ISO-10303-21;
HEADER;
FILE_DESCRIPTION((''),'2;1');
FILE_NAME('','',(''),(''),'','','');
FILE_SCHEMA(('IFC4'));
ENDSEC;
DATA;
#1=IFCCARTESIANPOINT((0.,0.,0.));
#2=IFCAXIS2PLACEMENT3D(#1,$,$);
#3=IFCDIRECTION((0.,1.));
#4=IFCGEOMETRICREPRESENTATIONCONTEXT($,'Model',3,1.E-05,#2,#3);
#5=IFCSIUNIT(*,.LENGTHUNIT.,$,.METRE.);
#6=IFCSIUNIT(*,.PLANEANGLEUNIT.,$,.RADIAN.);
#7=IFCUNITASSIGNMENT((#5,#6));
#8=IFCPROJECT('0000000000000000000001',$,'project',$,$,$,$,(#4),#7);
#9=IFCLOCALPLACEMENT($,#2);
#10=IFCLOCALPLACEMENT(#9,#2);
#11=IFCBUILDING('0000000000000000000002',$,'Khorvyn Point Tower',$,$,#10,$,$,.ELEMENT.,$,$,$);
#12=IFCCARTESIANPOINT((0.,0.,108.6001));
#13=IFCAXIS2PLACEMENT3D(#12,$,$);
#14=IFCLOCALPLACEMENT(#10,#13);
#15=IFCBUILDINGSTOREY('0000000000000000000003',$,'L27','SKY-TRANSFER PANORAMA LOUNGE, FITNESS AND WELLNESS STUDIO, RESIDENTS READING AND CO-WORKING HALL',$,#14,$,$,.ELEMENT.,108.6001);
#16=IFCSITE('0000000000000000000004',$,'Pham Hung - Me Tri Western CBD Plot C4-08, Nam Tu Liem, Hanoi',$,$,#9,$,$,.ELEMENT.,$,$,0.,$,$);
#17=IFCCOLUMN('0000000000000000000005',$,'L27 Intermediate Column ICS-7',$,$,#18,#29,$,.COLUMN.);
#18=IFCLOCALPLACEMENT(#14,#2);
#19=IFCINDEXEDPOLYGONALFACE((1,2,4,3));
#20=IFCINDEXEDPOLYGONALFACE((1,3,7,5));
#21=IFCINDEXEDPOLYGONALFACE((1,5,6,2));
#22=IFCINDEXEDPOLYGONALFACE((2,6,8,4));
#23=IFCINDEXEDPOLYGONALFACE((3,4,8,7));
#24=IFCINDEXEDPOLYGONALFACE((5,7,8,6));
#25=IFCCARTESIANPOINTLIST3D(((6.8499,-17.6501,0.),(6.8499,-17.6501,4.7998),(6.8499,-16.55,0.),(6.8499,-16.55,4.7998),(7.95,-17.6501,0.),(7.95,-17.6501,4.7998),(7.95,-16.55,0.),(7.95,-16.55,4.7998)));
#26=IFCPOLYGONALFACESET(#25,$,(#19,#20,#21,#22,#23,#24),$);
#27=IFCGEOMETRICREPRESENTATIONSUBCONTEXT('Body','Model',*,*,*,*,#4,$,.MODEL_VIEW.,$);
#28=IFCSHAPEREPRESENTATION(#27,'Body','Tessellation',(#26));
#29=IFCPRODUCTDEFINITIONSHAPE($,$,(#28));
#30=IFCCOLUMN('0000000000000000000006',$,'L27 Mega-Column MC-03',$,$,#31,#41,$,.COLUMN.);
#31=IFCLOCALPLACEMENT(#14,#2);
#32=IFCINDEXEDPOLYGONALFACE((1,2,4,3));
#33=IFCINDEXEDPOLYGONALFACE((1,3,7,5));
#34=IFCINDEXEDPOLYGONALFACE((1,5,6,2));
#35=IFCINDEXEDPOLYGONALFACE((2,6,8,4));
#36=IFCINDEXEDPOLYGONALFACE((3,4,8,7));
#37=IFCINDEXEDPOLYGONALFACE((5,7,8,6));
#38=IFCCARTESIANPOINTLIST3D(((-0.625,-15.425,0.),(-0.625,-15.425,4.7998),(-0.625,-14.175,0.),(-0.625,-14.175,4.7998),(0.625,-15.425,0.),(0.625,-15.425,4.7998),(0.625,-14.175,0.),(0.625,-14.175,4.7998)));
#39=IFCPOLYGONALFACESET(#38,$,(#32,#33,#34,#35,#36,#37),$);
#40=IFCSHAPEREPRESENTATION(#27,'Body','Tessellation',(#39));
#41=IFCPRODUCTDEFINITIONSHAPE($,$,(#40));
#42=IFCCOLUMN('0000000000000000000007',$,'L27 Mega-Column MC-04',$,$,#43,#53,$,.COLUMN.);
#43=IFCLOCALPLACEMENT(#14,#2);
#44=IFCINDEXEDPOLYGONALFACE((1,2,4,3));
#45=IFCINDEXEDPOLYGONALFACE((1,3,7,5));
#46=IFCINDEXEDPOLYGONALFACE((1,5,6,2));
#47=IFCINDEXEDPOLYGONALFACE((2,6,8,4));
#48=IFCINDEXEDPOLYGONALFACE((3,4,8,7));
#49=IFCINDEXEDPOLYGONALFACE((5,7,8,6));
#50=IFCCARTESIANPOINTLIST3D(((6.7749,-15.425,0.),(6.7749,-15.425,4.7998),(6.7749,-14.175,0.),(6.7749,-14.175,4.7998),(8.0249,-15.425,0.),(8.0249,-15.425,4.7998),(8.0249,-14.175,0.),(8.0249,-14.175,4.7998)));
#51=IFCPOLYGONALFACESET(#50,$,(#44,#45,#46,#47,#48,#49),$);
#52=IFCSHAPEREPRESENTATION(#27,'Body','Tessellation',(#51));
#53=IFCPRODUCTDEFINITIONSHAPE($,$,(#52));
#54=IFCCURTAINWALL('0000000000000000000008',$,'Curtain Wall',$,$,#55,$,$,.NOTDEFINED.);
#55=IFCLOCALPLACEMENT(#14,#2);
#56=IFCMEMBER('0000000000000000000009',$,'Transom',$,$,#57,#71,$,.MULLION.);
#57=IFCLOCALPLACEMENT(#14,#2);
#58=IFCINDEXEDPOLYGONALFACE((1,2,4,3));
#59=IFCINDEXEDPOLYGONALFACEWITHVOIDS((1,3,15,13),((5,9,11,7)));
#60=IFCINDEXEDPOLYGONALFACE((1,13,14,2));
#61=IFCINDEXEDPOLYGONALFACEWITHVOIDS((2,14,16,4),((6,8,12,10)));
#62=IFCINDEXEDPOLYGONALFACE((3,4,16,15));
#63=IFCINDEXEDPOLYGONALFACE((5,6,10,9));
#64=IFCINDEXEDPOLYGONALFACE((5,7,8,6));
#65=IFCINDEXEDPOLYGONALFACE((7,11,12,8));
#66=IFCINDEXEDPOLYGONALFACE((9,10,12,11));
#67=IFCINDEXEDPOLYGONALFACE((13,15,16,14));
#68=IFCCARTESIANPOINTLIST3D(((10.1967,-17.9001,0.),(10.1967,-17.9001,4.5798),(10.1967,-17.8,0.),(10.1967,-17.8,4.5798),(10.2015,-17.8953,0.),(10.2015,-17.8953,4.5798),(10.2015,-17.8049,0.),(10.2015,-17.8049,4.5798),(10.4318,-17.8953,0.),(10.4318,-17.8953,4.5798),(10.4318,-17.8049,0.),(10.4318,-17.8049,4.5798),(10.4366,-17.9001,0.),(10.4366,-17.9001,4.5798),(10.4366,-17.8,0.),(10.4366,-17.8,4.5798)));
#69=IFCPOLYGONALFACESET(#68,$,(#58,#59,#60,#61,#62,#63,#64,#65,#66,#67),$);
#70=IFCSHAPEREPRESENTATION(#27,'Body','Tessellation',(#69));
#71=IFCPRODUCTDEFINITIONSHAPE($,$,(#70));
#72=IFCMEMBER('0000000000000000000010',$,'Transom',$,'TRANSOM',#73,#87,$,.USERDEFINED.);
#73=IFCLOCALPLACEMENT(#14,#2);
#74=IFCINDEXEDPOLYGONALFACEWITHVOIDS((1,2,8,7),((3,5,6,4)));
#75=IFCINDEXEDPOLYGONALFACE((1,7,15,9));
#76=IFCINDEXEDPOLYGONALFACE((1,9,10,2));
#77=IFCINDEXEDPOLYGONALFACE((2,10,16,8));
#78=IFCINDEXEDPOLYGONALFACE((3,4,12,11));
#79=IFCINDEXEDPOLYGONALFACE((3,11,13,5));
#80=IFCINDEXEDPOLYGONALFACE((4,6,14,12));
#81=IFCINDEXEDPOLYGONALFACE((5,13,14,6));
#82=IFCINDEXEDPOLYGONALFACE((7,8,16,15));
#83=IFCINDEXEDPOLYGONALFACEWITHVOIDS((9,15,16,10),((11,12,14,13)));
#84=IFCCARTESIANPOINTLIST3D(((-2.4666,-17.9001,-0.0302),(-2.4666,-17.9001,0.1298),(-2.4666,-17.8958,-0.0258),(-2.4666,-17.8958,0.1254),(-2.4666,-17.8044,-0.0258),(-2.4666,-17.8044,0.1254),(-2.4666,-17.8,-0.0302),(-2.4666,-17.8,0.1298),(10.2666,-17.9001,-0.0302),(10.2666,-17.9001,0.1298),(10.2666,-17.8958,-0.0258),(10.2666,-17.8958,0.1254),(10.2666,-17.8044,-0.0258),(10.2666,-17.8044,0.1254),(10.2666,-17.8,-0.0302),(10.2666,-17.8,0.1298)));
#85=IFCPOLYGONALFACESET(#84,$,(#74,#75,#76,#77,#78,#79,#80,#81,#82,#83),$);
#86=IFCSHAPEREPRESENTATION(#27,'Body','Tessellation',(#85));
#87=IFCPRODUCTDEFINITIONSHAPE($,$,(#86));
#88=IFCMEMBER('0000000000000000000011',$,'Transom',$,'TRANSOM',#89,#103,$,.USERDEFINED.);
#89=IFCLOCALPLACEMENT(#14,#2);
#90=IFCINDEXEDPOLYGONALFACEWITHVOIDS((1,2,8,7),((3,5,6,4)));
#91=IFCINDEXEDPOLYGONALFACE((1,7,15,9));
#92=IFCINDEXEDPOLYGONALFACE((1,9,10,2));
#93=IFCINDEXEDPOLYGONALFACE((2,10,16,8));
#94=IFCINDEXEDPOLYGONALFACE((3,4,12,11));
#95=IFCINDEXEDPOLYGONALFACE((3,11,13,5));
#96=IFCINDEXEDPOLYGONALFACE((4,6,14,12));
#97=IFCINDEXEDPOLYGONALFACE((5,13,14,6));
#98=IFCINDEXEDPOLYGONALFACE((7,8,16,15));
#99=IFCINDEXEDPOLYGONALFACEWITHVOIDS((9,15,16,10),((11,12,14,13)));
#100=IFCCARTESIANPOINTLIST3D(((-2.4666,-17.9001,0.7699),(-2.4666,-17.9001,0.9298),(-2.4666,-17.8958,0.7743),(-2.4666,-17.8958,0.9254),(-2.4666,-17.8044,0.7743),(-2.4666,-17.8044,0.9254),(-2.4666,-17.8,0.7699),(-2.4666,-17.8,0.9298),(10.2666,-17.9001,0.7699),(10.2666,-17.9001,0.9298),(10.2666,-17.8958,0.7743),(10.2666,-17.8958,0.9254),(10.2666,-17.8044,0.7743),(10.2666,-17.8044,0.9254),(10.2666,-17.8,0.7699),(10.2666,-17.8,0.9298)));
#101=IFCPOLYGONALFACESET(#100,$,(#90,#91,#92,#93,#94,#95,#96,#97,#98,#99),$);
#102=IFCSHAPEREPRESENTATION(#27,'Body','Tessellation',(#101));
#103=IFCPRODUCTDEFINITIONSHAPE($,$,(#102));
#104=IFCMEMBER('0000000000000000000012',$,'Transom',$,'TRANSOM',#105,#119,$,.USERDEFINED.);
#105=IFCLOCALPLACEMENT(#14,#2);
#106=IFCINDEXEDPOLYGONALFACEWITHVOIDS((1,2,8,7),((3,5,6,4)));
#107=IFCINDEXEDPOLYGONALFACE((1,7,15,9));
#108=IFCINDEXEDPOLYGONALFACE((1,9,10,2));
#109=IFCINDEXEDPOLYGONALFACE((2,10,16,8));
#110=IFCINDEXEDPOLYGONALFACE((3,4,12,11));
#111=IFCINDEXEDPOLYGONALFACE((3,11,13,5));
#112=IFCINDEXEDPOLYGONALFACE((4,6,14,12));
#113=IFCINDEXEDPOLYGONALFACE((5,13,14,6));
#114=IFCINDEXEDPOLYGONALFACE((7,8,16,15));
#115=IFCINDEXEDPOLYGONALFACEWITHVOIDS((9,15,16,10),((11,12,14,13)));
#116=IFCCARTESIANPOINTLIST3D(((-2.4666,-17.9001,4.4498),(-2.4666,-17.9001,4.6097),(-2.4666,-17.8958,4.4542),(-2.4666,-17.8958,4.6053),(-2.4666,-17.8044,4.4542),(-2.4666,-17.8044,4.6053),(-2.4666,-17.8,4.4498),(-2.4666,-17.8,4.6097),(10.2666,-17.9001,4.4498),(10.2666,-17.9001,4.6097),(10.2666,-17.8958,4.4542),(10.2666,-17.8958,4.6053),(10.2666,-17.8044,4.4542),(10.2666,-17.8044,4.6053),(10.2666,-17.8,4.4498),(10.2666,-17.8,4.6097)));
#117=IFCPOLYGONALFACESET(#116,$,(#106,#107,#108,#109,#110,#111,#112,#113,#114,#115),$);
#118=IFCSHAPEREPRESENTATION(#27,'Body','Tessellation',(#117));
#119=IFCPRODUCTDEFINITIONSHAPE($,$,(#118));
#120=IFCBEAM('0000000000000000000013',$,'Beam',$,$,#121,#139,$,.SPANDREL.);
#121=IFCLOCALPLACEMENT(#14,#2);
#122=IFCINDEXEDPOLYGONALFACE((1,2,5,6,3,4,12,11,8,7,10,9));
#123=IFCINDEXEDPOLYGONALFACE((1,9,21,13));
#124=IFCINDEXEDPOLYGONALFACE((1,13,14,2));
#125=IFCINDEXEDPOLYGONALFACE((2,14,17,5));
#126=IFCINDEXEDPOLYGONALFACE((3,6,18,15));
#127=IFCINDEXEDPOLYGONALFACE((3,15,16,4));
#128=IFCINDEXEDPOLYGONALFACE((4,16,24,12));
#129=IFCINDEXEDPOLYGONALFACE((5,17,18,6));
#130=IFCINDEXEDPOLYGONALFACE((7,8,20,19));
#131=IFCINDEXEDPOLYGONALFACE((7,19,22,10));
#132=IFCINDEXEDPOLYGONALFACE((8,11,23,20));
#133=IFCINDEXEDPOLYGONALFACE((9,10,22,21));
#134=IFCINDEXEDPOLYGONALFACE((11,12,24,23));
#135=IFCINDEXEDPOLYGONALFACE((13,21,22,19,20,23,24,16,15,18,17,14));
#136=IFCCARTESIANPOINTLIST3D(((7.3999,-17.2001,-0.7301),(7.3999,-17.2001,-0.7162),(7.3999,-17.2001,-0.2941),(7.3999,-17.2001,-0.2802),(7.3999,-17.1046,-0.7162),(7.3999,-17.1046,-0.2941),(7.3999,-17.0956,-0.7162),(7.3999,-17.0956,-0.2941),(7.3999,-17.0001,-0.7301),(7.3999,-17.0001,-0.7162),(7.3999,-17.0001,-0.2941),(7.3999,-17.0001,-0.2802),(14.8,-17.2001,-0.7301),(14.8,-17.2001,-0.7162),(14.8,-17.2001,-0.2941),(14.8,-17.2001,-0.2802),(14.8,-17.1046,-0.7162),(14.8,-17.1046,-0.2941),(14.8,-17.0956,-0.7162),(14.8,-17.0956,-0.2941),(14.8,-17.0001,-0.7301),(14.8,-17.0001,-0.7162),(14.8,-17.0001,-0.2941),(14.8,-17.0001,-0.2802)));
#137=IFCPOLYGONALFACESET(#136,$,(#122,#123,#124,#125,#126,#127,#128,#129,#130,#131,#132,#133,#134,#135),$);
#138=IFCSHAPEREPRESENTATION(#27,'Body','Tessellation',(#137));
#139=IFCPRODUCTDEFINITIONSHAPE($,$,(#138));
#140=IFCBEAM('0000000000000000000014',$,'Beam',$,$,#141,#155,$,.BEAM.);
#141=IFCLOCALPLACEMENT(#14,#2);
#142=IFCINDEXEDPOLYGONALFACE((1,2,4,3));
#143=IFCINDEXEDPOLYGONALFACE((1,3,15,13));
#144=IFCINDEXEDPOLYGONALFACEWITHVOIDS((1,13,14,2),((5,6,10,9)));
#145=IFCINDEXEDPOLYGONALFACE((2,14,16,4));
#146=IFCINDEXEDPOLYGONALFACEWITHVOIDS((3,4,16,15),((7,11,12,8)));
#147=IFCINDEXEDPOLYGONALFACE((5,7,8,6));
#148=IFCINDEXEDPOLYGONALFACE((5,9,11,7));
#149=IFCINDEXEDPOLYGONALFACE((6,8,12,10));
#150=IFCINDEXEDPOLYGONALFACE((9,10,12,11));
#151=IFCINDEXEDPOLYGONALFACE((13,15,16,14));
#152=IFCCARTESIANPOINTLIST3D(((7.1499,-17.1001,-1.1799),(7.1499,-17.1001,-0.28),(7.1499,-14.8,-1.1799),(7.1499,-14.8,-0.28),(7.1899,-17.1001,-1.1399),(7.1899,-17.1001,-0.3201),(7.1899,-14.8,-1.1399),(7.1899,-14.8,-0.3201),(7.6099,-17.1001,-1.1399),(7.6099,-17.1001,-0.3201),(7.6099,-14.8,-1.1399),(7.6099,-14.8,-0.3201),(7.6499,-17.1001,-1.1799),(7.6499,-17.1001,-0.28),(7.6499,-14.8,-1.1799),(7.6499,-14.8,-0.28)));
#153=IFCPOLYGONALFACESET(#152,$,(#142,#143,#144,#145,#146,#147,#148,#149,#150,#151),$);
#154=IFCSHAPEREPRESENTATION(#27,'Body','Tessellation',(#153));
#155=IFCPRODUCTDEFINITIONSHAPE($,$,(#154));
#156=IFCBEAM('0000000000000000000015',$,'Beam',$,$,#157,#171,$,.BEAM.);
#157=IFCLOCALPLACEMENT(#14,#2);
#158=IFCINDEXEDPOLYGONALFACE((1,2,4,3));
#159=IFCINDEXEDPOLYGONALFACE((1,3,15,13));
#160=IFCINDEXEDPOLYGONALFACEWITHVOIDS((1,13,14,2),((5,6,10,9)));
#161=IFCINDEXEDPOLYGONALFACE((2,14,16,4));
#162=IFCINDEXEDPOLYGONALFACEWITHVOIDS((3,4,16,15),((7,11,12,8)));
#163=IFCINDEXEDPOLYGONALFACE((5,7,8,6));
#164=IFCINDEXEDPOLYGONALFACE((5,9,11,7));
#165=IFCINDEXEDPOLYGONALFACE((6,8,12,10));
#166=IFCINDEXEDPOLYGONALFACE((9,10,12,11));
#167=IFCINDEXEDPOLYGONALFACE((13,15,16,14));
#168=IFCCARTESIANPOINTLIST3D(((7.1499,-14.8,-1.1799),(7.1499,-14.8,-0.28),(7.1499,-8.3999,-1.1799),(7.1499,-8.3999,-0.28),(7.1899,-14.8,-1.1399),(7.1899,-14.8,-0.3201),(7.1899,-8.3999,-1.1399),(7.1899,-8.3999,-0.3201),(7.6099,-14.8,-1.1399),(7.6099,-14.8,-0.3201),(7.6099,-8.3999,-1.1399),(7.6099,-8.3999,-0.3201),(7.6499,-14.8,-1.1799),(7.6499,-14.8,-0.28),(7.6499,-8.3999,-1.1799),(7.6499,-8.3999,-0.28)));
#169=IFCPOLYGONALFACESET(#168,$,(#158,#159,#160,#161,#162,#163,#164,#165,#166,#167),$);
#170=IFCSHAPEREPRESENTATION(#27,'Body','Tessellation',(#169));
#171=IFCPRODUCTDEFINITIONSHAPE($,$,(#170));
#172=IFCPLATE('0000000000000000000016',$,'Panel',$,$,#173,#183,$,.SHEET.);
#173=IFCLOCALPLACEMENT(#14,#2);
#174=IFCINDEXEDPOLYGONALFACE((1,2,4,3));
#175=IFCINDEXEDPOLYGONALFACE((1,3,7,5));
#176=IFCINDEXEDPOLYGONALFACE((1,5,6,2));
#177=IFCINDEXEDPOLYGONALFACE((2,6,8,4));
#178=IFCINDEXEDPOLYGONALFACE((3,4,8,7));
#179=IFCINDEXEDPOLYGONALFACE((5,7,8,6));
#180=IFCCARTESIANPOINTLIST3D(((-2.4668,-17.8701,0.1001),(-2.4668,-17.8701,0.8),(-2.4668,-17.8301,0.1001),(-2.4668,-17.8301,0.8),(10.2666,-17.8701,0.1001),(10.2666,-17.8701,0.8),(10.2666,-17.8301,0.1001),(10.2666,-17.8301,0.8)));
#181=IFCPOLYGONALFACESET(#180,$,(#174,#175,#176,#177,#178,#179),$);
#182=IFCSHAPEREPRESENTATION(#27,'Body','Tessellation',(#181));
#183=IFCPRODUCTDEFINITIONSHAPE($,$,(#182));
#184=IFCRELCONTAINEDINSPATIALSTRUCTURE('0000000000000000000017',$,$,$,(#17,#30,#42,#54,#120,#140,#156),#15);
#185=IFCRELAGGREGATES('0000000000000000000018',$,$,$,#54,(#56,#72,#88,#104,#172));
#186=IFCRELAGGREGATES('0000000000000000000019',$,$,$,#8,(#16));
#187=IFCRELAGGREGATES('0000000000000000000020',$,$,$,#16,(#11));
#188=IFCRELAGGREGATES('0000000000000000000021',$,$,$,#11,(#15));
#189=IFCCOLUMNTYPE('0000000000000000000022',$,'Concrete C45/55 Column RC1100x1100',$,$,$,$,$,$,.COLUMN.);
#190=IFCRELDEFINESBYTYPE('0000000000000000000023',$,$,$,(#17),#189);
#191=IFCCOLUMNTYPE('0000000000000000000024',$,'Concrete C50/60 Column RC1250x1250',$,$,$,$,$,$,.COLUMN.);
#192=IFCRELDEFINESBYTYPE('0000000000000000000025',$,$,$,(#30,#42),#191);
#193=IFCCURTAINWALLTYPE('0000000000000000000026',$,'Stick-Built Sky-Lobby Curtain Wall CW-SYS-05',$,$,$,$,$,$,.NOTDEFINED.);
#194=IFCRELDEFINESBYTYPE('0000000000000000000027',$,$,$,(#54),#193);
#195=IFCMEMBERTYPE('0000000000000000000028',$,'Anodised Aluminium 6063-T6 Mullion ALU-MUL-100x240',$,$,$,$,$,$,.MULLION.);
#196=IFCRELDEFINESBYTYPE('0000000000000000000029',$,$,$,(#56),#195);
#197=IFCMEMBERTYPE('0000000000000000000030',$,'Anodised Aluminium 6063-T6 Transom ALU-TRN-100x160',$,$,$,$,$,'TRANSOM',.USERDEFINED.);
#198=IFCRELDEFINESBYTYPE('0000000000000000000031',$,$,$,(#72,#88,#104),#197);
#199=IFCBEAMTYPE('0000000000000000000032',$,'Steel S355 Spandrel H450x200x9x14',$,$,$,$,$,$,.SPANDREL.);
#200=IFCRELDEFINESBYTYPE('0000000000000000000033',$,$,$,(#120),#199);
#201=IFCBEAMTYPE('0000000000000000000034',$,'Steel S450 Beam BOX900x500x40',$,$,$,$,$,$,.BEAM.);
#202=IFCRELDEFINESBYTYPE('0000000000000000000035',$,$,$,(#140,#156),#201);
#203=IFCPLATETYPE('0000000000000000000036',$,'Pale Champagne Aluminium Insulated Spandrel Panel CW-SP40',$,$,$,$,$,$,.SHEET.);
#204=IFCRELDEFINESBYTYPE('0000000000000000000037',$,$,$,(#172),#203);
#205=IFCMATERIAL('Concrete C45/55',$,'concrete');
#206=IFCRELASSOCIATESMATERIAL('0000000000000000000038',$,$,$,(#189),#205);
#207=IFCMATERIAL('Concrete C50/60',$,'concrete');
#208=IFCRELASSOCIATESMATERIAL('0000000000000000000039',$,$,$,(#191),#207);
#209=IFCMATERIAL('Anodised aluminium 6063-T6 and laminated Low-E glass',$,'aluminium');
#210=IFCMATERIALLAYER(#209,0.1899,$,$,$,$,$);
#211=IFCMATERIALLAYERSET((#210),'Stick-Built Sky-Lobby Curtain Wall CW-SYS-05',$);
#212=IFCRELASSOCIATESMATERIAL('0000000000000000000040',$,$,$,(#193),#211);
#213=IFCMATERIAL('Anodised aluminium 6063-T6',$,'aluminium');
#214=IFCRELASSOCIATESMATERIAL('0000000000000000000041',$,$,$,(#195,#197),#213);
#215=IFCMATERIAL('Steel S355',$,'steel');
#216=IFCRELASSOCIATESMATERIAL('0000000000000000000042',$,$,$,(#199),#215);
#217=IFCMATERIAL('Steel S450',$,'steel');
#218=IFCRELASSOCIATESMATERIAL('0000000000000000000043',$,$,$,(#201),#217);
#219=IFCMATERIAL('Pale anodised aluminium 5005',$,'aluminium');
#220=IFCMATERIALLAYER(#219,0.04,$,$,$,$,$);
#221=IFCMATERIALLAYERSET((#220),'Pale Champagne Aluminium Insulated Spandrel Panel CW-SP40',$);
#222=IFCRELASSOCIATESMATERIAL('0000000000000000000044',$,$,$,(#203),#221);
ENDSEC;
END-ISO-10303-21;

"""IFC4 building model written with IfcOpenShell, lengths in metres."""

from ifc_helpers import new_model, si_unit, direction, frame, origin, origin_2d, place, context, subcontext, project, spatial, rectangle, hollow_rectangle, i_section, extrude, material, layer, layer_set, material_profile, profile_set, type_object, element, aggregate, save


model = new_model("IFC4")

# Units and contexts
model_context = context("Model", 3, precision=1e-05, world=origin(), true_north=direction((0.0, 1.0)))
body_context = subcontext(model_context, "Body", "Model", "MODEL_VIEW")
ifc_project = project(units=[si_unit("LENGTHUNIT", "METRE"), si_unit("PLANEANGLEUNIT", "RADIAN")], contexts=[model_context])

# Site, building, storey
site_placement = place(None, origin())
site = spatial("IfcSite", under=ifc_project, at=site_placement, Name="Pham Hung - Me Tri Western CBD Plot C4-08, Nam Tu Liem, Hanoi", CompositionType="ELEMENT", RefElevation=0.0)
building_placement = place(site_placement, origin())
building = spatial("IfcBuilding", under=site, at=building_placement, Name="Khorvyn Point Tower", CompositionType="ELEMENT")
storey_placement = place(building_placement, frame((0.0, 0.0, 108.6001)))
storey = spatial("IfcBuildingStorey", under=building, at=storey_placement, Name="L27", Description="SKY-TRANSFER PANORAMA LOUNGE, FITNESS AND WELLNESS STUDIO, RESIDENTS READING AND CO-WORKING HALL", CompositionType="ELEMENT", Elevation=108.6001)

# Columns
ifc_material_1 = material(Name="Concrete C45/55", Category="concrete")
ifc_material_profile_1 = material_profile(ifc_material_1, rectangle(XDim=1.1001, YDim=1.1001, at=origin_2d()))
ifc_profile_set_1 = profile_set([ifc_material_profile_1], Name="Concrete C45/55 RC1100x1100")
column_type_1 = type_object("IfcColumnType", Name="Concrete C45/55 Column RC1100x1100", PredefinedType="COLUMN", material=ifc_profile_set_1)
column_placement = place(storey_placement, frame((7.3999, -17.1001, 0.0), z_axis=(0.0, 0.0, 1.0), x_axis=(1.0, 0.0, 0.0)))
element("IfcColumn", 1, at=column_placement, inside=storey, type_object=column_type_1, Name="L27 Intermediate Column ICS-7", PredefinedType="COLUMN", context=body_context, shape_type="SweptSolid", body=[
    extrude(rectangle(XDim=1.1001, YDim=1.1001, at=origin_2d()), origin(), (0.0, 0.0, 1.0), 4.7998),
])
ifc_material_2 = material(Name="Concrete C50/60", Category="concrete")
ifc_material_profile_2 = material_profile(ifc_material_2, rectangle(XDim=1.25, YDim=1.25, at=origin_2d()))
ifc_profile_set_2 = profile_set([ifc_material_profile_2], Name="Concrete C50/60 RC1250x1250")
column_type_2 = type_object("IfcColumnType", Name="Concrete C50/60 Column RC1250x1250", PredefinedType="COLUMN", material=ifc_profile_set_2)
for number, where, z_axis, x_axis, name in (
    (2, (0.0, -14.8, 0.0), (0.0, 0.0, 1.0), (1.0, 0.0, 0.0), "L27 Mega-Column MC-03"),
    (3, (7.3999, -14.8, 0.0), (0.0, 0.0, 1.0), (1.0, 0.0, 0.0), "L27 Mega-Column MC-04"),
):
    element("IfcColumn", number, at=place(storey_placement, frame(where, z_axis=z_axis, x_axis=x_axis)), inside=storey, type_object=column_type_2, Name=name, PredefinedType="COLUMN", context=body_context, shape_type="SweptSolid", body=[
        extrude(rectangle(XDim=1.25, YDim=1.25, at=origin_2d()), origin(), (0.0, 0.0, 1.0), 4.7998),
    ])

# Curtain wall, members
ifc_material_3 = material(Name="Anodised aluminium 6063-T6 and laminated Low-E glass", Category="aluminium")
ifc_layer_1 = layer(ifc_material_3, 0.1899)
ifc_layer_set_1 = layer_set([ifc_layer_1], Name="Stick-Built Sky-Lobby Curtain Wall CW-SYS-05")
curtain_wall_type = type_object("IfcCurtainWallType", Name="Stick-Built Sky-Lobby Curtain Wall CW-SYS-05", PredefinedType="NOTDEFINED", material=ifc_layer_set_1)
curtain_wall_placement = place(storey_placement, origin())
curtain_wall = element("IfcCurtainWall", 4, at=curtain_wall_placement, inside=storey, type_object=curtain_wall_type, Name="Curtain Wall", PredefinedType="NOTDEFINED")
ifc_material_4 = material(Name="Anodised aluminium 6063-T6", Category="aluminium")
ifc_material_profile_3 = material_profile(ifc_material_4, hollow_rectangle(XDim=0.1001, YDim=0.24, WallThickness=0.0049, at=origin_2d()))
ifc_profile_set_3 = profile_set([ifc_material_profile_3], Name="Anodised aluminium 6063-T6 ALU-MUL-100x240")
member_type_1 = type_object("IfcMemberType", Name="Anodised Aluminium 6063-T6 Mullion ALU-MUL-100x240", PredefinedType="MULLION", material=ifc_profile_set_3)
member_1_placement = place(storey_placement, frame((10.3167, -17.8501, 0.0), z_axis=(0.0, 0.0, 1.0), x_axis=(0.0, -1.0, 0.0)))
member_1 = element("IfcMember", 5, at=member_1_placement, type_object=member_type_1, Name="Transom", PredefinedType="MULLION", context=body_context, shape_type="SweptSolid", body=[
    extrude(hollow_rectangle(XDim=0.1001, YDim=0.24, WallThickness=0.0049, at=origin_2d()), origin(), (0.0, 0.0, 1.0), 4.5798),
])
ifc_material_profile_4 = material_profile(ifc_material_4, hollow_rectangle(XDim=0.1001, YDim=0.1599, WallThickness=0.0044, at=origin_2d()))
ifc_profile_set_4 = profile_set([ifc_material_profile_4], Name="Anodised aluminium 6063-T6 ALU-TRN-100x160")
member_type_2 = type_object("IfcMemberType", Name="Anodised Aluminium 6063-T6 Transom ALU-TRN-100x160", ElementType="TRANSOM", PredefinedType="USERDEFINED", material=ifc_profile_set_4)
member_2_placement = place(storey_placement, frame((10.2666, -17.8501, 0.0498), z_axis=(-1.0, 0.0, 0.0), x_axis=(0.0, -1.0, 0.0)))
member_2 = element("IfcMember", 6, at=member_2_placement, type_object=member_type_2, Name="Transom", ObjectType="TRANSOM", PredefinedType="USERDEFINED", context=body_context, shape_type="SweptSolid", body=[
    extrude(hollow_rectangle(XDim=0.1001, YDim=0.1599, WallThickness=0.0044, at=origin_2d()), origin(), (0.0, 0.0, 1.0), 12.7332),
])
member_3_placement = place(storey_placement, frame((10.2666, -17.8501, 0.8499), z_axis=(-1.0, 0.0, 0.0), x_axis=(0.0, -1.0, 0.0)))
member_3 = element("IfcMember", 7, at=member_3_placement, type_object=member_type_2, Name="Transom", ObjectType="TRANSOM", PredefinedType="USERDEFINED", context=body_context, shape_type="SweptSolid", body=[
    extrude(hollow_rectangle(XDim=0.1001, YDim=0.1599, WallThickness=0.0044, at=origin_2d()), origin(), (0.0, 0.0, 1.0), 12.7332),
])
member_4_placement = place(storey_placement, frame((10.2666, -17.8501, 4.5298), z_axis=(-1.0, 0.0, 0.0), x_axis=(0.0, -1.0, 0.0)))
member_4 = element("IfcMember", 8, at=member_4_placement, type_object=member_type_2, Name="Transom", ObjectType="TRANSOM", PredefinedType="USERDEFINED", context=body_context, shape_type="SweptSolid", body=[
    extrude(hollow_rectangle(XDim=0.1001, YDim=0.1599, WallThickness=0.0044, at=origin_2d()), origin(), (0.0, 0.0, 1.0), 12.7332),
])

# Beams
ifc_material_5 = material(Name="Steel S355", Category="steel")
ifc_material_profile_5 = material_profile(ifc_material_5, i_section(OverallWidth=0.2, OverallDepth=0.45, WebThickness=0.009, FlangeThickness=0.0139, at=origin_2d()))
ifc_profile_set_5 = profile_set([ifc_material_profile_5], Name="Steel S355 H450x200x9x14")
beam_type_1 = type_object("IfcBeamType", Name="Steel S355 Spandrel H450x200x9x14", PredefinedType="SPANDREL", material=ifc_profile_set_5)
beam_1_placement = place(storey_placement, frame((7.3999, -17.1001, -0.5051), z_axis=(1.0, 0.0, 0.0), x_axis=(0.0, 1.0, 0.0)))
element("IfcBeam", 9, at=beam_1_placement, inside=storey, type_object=beam_type_1, Name="Beam", PredefinedType="SPANDREL", context=body_context, shape_type="SweptSolid", body=[
    extrude(i_section(OverallWidth=0.2, OverallDepth=0.45, WebThickness=0.009, FlangeThickness=0.0139, at=origin_2d()), origin(), (0.0, 0.0, 1.0), 7.4001),
])
ifc_material_6 = material(Name="Steel S450", Category="steel")
ifc_material_profile_6 = material_profile(ifc_material_6, hollow_rectangle(XDim=0.5, YDim=0.8999, WallThickness=0.04, at=origin_2d()))
ifc_profile_set_6 = profile_set([ifc_material_profile_6], Name="Steel S450 BOX900x500x40")
beam_type_2 = type_object("IfcBeamType", Name="Steel S450 Beam BOX900x500x40", PredefinedType="BEAM", material=ifc_profile_set_6)
beam_2_placement = place(storey_placement, frame((7.3999, -17.1001, -0.73), z_axis=(0.0, 1.0, 0.0), x_axis=(-1.0, 0.0, 0.0)))
element("IfcBeam", 10, at=beam_2_placement, inside=storey, type_object=beam_type_2, Name="Beam", PredefinedType="BEAM", context=body_context, shape_type="SweptSolid", body=[
    extrude(hollow_rectangle(XDim=0.5, YDim=0.8999, WallThickness=0.04, at=origin_2d()), origin(), (0.0, 0.0, 1.0), 2.3),
])
beam_3_placement = place(storey_placement, frame((7.3999, -14.8, -0.73), z_axis=(0.0, 1.0, 0.0), x_axis=(-1.0, 0.0, 0.0)))
element("IfcBeam", 11, at=beam_3_placement, inside=storey, type_object=beam_type_2, Name="Beam", PredefinedType="BEAM", context=body_context, shape_type="SweptSolid", body=[
    extrude(hollow_rectangle(XDim=0.5, YDim=0.8999, WallThickness=0.04, at=origin_2d()), origin(), (0.0, 0.0, 1.0), 6.4001),
])

# Plate
ifc_material_7 = material(Name="Pale anodised aluminium 5005", Category="aluminium")
ifc_layer_2 = layer(ifc_material_7, 0.04)
ifc_layer_set_2 = layer_set([ifc_layer_2], Name="Pale Champagne Aluminium Insulated Spandrel Panel CW-SP40")
plate_type_1 = type_object("IfcPlateType", Name="Pale Champagne Aluminium Insulated Spandrel Panel CW-SP40", PredefinedType="SHEET", material=ifc_layer_set_2)
plate_1_placement = place(storey_placement, frame((3.8999, -17.8501, 0.1001), z_axis=(0.0, 0.0, 1.0), x_axis=(-1.0, 0.0, 0.0)))
plate_1 = element("IfcPlate", 12, at=plate_1_placement, type_object=plate_type_1, Name="Panel", PredefinedType="SHEET", context=body_context, shape_type="SweptSolid", body=[
    extrude(rectangle(XDim=12.7334, YDim=0.04, at=origin_2d()), origin(), (0.0, 0.0, 1.0), 0.7),
])
aggregate(curtain_wall, [member_1, member_2, member_3, member_4, plate_1])

save(model, "model.ifc")
